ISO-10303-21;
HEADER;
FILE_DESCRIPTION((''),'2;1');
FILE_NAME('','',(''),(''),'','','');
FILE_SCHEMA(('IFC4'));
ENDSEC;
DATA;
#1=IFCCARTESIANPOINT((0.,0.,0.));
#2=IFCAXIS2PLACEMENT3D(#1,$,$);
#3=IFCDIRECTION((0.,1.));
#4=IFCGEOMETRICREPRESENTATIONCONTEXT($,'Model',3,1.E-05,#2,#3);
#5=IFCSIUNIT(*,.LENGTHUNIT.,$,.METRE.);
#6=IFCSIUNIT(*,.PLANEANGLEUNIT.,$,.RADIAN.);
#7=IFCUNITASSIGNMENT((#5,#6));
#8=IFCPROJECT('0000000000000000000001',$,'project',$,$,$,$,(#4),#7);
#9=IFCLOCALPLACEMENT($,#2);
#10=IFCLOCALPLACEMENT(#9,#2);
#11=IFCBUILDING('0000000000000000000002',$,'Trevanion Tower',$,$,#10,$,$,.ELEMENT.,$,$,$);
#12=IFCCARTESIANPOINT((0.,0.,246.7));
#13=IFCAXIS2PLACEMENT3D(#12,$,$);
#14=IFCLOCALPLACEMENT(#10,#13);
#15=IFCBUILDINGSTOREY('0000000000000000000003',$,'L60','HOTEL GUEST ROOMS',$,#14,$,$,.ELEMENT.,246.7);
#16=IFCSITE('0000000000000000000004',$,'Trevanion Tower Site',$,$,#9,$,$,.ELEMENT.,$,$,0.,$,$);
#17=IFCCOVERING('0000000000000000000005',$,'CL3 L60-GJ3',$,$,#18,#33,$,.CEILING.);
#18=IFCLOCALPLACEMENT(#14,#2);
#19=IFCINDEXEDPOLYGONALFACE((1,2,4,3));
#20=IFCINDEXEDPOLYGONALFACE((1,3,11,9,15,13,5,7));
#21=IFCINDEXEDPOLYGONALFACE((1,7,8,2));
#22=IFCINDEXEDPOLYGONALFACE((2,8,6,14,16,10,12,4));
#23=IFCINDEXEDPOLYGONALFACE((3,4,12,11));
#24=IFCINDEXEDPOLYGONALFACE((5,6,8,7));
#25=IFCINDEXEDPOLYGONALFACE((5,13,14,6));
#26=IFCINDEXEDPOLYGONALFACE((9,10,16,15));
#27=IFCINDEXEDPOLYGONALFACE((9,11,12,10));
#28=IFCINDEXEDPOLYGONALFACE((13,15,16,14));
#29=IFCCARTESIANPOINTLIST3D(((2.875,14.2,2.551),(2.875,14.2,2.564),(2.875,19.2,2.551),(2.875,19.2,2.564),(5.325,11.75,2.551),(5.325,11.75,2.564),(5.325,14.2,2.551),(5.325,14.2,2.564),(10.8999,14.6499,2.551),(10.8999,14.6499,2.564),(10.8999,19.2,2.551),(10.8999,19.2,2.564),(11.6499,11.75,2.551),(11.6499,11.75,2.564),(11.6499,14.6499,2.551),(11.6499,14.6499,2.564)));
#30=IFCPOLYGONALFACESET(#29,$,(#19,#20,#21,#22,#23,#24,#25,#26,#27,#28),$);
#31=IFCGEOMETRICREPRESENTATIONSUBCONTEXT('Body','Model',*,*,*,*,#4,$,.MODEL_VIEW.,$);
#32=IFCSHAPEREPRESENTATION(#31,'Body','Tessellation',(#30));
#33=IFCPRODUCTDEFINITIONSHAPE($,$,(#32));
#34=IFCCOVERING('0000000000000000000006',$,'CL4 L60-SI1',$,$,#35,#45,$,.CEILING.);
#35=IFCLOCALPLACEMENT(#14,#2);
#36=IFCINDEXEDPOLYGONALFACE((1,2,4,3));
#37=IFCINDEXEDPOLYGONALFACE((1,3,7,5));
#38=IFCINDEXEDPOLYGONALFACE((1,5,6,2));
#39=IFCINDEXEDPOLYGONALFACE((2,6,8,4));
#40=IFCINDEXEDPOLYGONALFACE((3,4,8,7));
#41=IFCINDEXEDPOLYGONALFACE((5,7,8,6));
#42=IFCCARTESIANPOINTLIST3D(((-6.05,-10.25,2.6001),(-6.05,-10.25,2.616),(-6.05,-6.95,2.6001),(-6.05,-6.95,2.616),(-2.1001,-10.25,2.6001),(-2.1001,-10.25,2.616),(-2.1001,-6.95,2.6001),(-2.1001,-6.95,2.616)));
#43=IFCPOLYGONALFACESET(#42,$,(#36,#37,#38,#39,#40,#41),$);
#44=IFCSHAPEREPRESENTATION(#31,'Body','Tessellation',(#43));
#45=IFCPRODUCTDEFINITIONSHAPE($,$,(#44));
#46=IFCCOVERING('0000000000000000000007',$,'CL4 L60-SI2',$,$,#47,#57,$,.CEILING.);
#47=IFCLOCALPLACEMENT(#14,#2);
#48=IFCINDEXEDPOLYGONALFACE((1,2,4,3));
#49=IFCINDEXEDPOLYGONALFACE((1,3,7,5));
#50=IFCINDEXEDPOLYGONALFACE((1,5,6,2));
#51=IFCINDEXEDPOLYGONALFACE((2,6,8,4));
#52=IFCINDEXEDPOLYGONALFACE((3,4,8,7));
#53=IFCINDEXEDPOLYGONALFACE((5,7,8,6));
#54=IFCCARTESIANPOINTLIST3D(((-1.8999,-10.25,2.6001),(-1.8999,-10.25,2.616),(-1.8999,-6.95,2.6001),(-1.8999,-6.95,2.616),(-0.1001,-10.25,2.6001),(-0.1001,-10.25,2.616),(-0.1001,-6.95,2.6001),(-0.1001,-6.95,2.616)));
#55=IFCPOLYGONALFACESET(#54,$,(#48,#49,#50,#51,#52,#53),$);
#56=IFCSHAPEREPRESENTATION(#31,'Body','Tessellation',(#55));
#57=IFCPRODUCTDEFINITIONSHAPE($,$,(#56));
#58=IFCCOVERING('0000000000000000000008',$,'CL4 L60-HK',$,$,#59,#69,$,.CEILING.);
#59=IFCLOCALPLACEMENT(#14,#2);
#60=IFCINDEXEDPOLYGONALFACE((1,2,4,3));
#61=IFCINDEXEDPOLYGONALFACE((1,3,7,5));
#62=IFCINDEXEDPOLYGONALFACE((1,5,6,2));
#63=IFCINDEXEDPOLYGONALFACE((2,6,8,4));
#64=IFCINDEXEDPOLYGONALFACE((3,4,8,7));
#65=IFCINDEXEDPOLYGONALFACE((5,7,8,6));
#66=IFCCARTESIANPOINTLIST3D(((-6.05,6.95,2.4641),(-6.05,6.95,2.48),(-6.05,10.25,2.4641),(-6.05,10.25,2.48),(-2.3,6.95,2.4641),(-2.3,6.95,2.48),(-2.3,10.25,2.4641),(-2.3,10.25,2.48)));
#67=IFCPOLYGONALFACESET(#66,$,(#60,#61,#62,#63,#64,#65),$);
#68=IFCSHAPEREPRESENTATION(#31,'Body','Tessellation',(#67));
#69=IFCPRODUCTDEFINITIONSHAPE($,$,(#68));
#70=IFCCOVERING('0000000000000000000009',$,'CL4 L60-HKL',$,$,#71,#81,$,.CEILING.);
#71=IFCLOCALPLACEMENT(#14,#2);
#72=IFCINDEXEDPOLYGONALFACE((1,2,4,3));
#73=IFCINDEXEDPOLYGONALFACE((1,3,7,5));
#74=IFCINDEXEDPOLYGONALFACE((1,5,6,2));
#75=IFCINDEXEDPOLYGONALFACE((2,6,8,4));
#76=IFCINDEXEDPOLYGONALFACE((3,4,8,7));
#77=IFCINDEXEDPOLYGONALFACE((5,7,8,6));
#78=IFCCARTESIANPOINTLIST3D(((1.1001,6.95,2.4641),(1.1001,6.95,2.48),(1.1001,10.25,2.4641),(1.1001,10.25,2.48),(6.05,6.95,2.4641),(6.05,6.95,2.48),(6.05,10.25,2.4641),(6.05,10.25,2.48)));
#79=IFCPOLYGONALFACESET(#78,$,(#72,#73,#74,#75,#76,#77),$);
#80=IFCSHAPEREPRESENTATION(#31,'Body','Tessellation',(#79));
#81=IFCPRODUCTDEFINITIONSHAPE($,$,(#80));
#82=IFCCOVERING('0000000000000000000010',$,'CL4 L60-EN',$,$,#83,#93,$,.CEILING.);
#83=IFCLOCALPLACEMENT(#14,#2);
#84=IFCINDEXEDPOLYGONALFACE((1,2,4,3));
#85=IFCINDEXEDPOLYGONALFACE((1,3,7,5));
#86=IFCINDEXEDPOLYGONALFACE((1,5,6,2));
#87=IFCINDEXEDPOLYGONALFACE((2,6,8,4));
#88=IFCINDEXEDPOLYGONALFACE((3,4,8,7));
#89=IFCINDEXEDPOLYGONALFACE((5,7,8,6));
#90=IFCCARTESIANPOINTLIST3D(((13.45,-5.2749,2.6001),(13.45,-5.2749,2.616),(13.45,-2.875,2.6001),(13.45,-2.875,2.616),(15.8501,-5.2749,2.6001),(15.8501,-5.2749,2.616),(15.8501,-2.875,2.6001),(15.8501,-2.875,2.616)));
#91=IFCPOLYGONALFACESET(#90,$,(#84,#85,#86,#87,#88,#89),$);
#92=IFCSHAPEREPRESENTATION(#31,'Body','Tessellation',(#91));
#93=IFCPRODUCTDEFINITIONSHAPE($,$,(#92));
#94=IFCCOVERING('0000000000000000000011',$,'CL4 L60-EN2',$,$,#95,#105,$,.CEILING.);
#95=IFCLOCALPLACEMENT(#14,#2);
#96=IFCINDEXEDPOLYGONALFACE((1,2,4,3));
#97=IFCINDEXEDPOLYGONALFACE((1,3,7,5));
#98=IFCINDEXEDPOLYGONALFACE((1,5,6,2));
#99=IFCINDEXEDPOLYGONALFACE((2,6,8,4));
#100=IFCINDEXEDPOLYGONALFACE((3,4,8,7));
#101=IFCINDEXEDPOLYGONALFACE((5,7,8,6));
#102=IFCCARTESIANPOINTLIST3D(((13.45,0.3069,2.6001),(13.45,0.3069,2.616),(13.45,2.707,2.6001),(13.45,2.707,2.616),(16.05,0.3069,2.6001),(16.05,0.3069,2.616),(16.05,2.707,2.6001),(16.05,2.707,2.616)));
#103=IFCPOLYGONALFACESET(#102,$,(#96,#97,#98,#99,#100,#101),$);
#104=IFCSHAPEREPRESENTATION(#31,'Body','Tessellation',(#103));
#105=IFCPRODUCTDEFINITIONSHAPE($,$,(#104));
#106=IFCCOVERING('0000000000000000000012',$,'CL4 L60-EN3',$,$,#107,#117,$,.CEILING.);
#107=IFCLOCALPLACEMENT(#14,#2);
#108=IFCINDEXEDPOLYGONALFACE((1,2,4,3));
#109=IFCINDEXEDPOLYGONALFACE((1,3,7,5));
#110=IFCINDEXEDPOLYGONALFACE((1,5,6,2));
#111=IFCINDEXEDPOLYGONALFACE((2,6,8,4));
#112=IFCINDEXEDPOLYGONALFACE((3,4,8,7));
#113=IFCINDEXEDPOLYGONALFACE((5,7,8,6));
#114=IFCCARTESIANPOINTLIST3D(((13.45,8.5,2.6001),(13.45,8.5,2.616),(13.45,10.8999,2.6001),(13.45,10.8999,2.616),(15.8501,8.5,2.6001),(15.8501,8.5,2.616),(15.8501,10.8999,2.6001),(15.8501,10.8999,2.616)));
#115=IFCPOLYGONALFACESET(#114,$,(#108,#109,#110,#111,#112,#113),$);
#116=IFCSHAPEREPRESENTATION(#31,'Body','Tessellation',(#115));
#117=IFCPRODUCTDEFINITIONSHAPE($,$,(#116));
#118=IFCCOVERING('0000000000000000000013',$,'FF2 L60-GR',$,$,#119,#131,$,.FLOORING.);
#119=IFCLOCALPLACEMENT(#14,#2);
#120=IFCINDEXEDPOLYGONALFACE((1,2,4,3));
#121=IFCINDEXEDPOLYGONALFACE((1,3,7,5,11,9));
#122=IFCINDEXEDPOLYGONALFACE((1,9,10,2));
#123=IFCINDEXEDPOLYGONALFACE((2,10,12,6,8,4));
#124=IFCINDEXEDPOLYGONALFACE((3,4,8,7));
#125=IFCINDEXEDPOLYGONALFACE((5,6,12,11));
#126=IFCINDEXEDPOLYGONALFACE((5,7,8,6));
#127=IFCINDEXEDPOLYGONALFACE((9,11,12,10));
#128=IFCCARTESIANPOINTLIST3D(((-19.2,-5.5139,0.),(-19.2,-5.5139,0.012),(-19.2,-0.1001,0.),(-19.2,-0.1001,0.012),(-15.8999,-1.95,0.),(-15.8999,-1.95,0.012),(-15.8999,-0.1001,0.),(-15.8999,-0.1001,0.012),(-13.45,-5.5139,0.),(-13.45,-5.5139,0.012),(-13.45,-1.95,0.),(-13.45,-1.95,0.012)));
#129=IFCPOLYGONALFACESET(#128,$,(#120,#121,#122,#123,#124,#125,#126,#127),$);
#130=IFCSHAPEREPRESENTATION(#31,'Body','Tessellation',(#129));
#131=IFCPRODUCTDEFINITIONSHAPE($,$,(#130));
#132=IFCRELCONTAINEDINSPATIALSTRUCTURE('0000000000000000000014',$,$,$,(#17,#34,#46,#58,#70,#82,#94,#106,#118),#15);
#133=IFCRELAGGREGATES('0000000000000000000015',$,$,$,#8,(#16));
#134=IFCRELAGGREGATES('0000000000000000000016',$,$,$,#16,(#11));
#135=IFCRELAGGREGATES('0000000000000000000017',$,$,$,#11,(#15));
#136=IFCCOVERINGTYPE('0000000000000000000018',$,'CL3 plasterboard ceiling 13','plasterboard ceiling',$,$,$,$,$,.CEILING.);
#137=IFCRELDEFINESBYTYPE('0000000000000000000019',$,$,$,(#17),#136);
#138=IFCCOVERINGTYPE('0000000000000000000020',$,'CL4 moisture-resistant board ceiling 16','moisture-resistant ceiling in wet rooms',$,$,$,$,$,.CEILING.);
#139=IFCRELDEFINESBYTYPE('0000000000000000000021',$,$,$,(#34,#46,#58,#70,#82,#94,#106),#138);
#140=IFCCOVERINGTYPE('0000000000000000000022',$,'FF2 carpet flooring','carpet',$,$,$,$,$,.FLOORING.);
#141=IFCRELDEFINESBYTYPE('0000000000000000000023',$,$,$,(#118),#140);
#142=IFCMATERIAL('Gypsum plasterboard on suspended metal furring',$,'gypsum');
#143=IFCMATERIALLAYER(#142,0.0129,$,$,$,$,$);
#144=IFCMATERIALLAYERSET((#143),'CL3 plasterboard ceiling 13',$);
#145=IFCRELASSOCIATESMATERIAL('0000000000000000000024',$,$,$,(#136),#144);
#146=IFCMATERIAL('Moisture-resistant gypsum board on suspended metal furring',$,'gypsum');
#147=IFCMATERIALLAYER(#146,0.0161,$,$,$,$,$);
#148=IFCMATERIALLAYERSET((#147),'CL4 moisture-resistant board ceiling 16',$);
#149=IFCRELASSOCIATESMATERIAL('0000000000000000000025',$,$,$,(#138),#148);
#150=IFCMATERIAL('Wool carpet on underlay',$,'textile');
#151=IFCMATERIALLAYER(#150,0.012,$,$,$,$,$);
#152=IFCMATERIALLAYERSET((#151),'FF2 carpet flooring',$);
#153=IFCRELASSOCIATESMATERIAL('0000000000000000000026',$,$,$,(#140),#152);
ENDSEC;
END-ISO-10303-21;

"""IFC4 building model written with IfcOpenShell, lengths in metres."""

from ifc_helpers import new_model, si_unit, direction, frame, origin, place, context, subcontext, project, spatial, polyline, outline, extrude, material, layer, layer_set, type_object, element, save


model = new_model("IFC4")

# Units and contexts
model_context = context("Model", 3, precision=1e-05, world=origin(), true_north=direction((0.0, 1.0)))
body_context = subcontext(model_context, "Body", "Model", "MODEL_VIEW")
ifc_project = project(units=[si_unit("LENGTHUNIT", "METRE"), si_unit("PLANEANGLEUNIT", "RADIAN")], contexts=[model_context])

# Site, building, storey
site_placement = place(None, origin())
site = spatial("IfcSite", under=ifc_project, at=site_placement, Name="Trevanion Tower Site", CompositionType="ELEMENT", RefElevation=0.0)
building_placement = place(site_placement, origin())
building = spatial("IfcBuilding", under=site, at=building_placement, Name="Trevanion Tower", CompositionType="ELEMENT")
storey_placement = place(building_placement, frame((0.0, 0.0, 246.7)))
storey = spatial("IfcBuildingStorey", under=building, at=storey_placement, Name="L60", Description="HOTEL GUEST ROOMS", CompositionType="ELEMENT", Elevation=246.7)

# Coverings
ifc_material_1 = material(Name="Gypsum plasterboard on suspended metal furring", Category="gypsum")
ifc_layer_1 = layer(ifc_material_1, 0.0129)
ifc_layer_set_1 = layer_set([ifc_layer_1], Name="CL3 plasterboard ceiling 13")
covering_type_1 = type_object("IfcCoveringType", Name="CL3 plasterboard ceiling 13", Description="plasterboard ceiling", PredefinedType="CEILING", material=ifc_layer_set_1)
covering_1_placement = place(storey_placement, frame((0.0, 0.0, 2.551)))
element("IfcCovering", 1, at=covering_1_placement, inside=storey, type_object=covering_type_1, Name="CL3 L60-GJ3", PredefinedType="CEILING", context=body_context, shape_type="SweptSolid", body=[
    extrude(outline(polyline([(2.875, 19.2), (10.8999, 19.2), (10.8999, 14.6499), (11.6499, 14.6499), (11.6499, 11.75), (5.325, 11.75), (5.325, 14.2), (2.875, 14.2), (2.875, 19.2)])), origin(), (0.0, 0.0, 1.0), 0.0129),
])
ifc_material_2 = material(Name="Moisture-resistant gypsum board on suspended metal furring", Category="gypsum")
ifc_layer_2 = layer(ifc_material_2, 0.0161)
ifc_layer_set_2 = layer_set([ifc_layer_2], Name="CL4 moisture-resistant board ceiling 16")
covering_type_2 = type_object("IfcCoveringType", Name="CL4 moisture-resistant board ceiling 16", Description="moisture-resistant ceiling in wet rooms", PredefinedType="CEILING", material=ifc_layer_set_2)
covering_2_placement = place(storey_placement, frame((0.0, 0.0, 2.6001)))
element("IfcCovering", 2, at=covering_2_placement, inside=storey, type_object=covering_type_2, Name="CL4 L60-SI1", PredefinedType="CEILING", context=body_context, shape_type="SweptSolid", body=[
    extrude(outline(polyline([(-2.1001, -10.25), (-2.1001, -6.95), (-6.05, -6.95), (-6.05, -10.25), (-2.1001, -10.25)])), origin(), (0.0, 0.0, 1.0), 0.0159),
])
covering_3_placement = place(storey_placement, frame((0.0, 0.0, 2.6001)))
element("IfcCovering", 3, at=covering_3_placement, inside=storey, type_object=covering_type_2, Name="CL4 L60-SI2", PredefinedType="CEILING", context=body_context, shape_type="SweptSolid", body=[
    extrude(outline(polyline([(-0.1001, -10.25), (-0.1001, -6.95), (-1.8999, -6.95), (-1.8999, -10.25), (-0.1001, -10.25)])), origin(), (0.0, 0.0, 1.0), 0.0159),
])
covering_4_placement = place(storey_placement, frame((0.0, 0.0, 2.4641)))
element("IfcCovering", 4, at=covering_4_placement, inside=storey, type_object=covering_type_2, Name="CL4 L60-HK", PredefinedType="CEILING", context=body_context, shape_type="SweptSolid", body=[
    extrude(outline(polyline([(-2.3, 6.95), (-2.3, 10.25), (-6.05, 10.25), (-6.05, 6.95), (-2.3, 6.95)])), origin(), (0.0, 0.0, 1.0), 0.0159),
])
covering_5_placement = place(storey_placement, frame((0.0, 0.0, 2.4641)))
element("IfcCovering", 5, at=covering_5_placement, inside=storey, type_object=covering_type_2, Name="CL4 L60-HKL", PredefinedType="CEILING", context=body_context, shape_type="SweptSolid", body=[
    extrude(outline(polyline([(6.05, 6.95), (6.05, 10.25), (1.1001, 10.25), (1.1001, 6.95), (6.05, 6.95)])), origin(), (0.0, 0.0, 1.0), 0.0159),
])
covering_6_placement = place(storey_placement, frame((0.0, 0.0, 2.6001)))
element("IfcCovering", 6, at=covering_6_placement, inside=storey, type_object=covering_type_2, Name="CL4 L60-EN", PredefinedType="CEILING", context=body_context, shape_type="SweptSolid", body=[
    extrude(outline(polyline([(15.8501, -5.2749), (15.8501, -2.875), (13.45, -2.875), (13.45, -5.2749), (15.8501, -5.2749)])), origin(), (0.0, 0.0, 1.0), 0.0159),
])
covering_7_placement = place(storey_placement, frame((0.0, 0.0, 2.6001)))
element("IfcCovering", 7, at=covering_7_placement, inside=storey, type_object=covering_type_2, Name="CL4 L60-EN2", PredefinedType="CEILING", context=body_context, shape_type="SweptSolid", body=[
    extrude(outline(polyline([(16.05, 0.3069), (16.05, 2.707), (13.45, 2.707), (13.45, 0.3069), (16.05, 0.3069)])), origin(), (0.0, 0.0, 1.0), 0.0159),
])
covering_8_placement = place(storey_placement, frame((0.0, 0.0, 2.6001)))
element("IfcCovering", 8, at=covering_8_placement, inside=storey, type_object=covering_type_2, Name="CL4 L60-EN3", PredefinedType="CEILING", context=body_context, shape_type="SweptSolid", body=[
    extrude(outline(polyline([(15.8501, 8.5), (15.8501, 10.8999), (13.45, 10.8999), (13.45, 8.5), (15.8501, 8.5)])), origin(), (0.0, 0.0, 1.0), 0.0159),
])
ifc_material_3 = material(Name="Wool carpet on underlay", Category="textile")
ifc_layer_3 = layer(ifc_material_3, 0.012)
ifc_layer_set_3 = layer_set([ifc_layer_3], Name="FF2 carpet flooring")
covering_type_3 = type_object("IfcCoveringType", Name="FF2 carpet flooring", Description="carpet", PredefinedType="FLOORING", material=ifc_layer_set_3)
covering_9_placement = place(storey_placement, origin())
element("IfcCovering", 9, at=covering_9_placement, inside=storey, type_object=covering_type_3, Name="FF2 L60-GR", PredefinedType="FLOORING", context=body_context, shape_type="SweptSolid", body=[
    extrude(outline(polyline([(-13.45, -5.5139), (-19.2, -5.5139), (-19.2, -0.1001), (-15.8999, -0.1001), (-15.8999, -1.95), (-13.45, -1.95), (-13.45, -5.5139)])), origin(), (0.0, 0.0, 1.0), 0.012),
])

save(model, "model.ifc")
